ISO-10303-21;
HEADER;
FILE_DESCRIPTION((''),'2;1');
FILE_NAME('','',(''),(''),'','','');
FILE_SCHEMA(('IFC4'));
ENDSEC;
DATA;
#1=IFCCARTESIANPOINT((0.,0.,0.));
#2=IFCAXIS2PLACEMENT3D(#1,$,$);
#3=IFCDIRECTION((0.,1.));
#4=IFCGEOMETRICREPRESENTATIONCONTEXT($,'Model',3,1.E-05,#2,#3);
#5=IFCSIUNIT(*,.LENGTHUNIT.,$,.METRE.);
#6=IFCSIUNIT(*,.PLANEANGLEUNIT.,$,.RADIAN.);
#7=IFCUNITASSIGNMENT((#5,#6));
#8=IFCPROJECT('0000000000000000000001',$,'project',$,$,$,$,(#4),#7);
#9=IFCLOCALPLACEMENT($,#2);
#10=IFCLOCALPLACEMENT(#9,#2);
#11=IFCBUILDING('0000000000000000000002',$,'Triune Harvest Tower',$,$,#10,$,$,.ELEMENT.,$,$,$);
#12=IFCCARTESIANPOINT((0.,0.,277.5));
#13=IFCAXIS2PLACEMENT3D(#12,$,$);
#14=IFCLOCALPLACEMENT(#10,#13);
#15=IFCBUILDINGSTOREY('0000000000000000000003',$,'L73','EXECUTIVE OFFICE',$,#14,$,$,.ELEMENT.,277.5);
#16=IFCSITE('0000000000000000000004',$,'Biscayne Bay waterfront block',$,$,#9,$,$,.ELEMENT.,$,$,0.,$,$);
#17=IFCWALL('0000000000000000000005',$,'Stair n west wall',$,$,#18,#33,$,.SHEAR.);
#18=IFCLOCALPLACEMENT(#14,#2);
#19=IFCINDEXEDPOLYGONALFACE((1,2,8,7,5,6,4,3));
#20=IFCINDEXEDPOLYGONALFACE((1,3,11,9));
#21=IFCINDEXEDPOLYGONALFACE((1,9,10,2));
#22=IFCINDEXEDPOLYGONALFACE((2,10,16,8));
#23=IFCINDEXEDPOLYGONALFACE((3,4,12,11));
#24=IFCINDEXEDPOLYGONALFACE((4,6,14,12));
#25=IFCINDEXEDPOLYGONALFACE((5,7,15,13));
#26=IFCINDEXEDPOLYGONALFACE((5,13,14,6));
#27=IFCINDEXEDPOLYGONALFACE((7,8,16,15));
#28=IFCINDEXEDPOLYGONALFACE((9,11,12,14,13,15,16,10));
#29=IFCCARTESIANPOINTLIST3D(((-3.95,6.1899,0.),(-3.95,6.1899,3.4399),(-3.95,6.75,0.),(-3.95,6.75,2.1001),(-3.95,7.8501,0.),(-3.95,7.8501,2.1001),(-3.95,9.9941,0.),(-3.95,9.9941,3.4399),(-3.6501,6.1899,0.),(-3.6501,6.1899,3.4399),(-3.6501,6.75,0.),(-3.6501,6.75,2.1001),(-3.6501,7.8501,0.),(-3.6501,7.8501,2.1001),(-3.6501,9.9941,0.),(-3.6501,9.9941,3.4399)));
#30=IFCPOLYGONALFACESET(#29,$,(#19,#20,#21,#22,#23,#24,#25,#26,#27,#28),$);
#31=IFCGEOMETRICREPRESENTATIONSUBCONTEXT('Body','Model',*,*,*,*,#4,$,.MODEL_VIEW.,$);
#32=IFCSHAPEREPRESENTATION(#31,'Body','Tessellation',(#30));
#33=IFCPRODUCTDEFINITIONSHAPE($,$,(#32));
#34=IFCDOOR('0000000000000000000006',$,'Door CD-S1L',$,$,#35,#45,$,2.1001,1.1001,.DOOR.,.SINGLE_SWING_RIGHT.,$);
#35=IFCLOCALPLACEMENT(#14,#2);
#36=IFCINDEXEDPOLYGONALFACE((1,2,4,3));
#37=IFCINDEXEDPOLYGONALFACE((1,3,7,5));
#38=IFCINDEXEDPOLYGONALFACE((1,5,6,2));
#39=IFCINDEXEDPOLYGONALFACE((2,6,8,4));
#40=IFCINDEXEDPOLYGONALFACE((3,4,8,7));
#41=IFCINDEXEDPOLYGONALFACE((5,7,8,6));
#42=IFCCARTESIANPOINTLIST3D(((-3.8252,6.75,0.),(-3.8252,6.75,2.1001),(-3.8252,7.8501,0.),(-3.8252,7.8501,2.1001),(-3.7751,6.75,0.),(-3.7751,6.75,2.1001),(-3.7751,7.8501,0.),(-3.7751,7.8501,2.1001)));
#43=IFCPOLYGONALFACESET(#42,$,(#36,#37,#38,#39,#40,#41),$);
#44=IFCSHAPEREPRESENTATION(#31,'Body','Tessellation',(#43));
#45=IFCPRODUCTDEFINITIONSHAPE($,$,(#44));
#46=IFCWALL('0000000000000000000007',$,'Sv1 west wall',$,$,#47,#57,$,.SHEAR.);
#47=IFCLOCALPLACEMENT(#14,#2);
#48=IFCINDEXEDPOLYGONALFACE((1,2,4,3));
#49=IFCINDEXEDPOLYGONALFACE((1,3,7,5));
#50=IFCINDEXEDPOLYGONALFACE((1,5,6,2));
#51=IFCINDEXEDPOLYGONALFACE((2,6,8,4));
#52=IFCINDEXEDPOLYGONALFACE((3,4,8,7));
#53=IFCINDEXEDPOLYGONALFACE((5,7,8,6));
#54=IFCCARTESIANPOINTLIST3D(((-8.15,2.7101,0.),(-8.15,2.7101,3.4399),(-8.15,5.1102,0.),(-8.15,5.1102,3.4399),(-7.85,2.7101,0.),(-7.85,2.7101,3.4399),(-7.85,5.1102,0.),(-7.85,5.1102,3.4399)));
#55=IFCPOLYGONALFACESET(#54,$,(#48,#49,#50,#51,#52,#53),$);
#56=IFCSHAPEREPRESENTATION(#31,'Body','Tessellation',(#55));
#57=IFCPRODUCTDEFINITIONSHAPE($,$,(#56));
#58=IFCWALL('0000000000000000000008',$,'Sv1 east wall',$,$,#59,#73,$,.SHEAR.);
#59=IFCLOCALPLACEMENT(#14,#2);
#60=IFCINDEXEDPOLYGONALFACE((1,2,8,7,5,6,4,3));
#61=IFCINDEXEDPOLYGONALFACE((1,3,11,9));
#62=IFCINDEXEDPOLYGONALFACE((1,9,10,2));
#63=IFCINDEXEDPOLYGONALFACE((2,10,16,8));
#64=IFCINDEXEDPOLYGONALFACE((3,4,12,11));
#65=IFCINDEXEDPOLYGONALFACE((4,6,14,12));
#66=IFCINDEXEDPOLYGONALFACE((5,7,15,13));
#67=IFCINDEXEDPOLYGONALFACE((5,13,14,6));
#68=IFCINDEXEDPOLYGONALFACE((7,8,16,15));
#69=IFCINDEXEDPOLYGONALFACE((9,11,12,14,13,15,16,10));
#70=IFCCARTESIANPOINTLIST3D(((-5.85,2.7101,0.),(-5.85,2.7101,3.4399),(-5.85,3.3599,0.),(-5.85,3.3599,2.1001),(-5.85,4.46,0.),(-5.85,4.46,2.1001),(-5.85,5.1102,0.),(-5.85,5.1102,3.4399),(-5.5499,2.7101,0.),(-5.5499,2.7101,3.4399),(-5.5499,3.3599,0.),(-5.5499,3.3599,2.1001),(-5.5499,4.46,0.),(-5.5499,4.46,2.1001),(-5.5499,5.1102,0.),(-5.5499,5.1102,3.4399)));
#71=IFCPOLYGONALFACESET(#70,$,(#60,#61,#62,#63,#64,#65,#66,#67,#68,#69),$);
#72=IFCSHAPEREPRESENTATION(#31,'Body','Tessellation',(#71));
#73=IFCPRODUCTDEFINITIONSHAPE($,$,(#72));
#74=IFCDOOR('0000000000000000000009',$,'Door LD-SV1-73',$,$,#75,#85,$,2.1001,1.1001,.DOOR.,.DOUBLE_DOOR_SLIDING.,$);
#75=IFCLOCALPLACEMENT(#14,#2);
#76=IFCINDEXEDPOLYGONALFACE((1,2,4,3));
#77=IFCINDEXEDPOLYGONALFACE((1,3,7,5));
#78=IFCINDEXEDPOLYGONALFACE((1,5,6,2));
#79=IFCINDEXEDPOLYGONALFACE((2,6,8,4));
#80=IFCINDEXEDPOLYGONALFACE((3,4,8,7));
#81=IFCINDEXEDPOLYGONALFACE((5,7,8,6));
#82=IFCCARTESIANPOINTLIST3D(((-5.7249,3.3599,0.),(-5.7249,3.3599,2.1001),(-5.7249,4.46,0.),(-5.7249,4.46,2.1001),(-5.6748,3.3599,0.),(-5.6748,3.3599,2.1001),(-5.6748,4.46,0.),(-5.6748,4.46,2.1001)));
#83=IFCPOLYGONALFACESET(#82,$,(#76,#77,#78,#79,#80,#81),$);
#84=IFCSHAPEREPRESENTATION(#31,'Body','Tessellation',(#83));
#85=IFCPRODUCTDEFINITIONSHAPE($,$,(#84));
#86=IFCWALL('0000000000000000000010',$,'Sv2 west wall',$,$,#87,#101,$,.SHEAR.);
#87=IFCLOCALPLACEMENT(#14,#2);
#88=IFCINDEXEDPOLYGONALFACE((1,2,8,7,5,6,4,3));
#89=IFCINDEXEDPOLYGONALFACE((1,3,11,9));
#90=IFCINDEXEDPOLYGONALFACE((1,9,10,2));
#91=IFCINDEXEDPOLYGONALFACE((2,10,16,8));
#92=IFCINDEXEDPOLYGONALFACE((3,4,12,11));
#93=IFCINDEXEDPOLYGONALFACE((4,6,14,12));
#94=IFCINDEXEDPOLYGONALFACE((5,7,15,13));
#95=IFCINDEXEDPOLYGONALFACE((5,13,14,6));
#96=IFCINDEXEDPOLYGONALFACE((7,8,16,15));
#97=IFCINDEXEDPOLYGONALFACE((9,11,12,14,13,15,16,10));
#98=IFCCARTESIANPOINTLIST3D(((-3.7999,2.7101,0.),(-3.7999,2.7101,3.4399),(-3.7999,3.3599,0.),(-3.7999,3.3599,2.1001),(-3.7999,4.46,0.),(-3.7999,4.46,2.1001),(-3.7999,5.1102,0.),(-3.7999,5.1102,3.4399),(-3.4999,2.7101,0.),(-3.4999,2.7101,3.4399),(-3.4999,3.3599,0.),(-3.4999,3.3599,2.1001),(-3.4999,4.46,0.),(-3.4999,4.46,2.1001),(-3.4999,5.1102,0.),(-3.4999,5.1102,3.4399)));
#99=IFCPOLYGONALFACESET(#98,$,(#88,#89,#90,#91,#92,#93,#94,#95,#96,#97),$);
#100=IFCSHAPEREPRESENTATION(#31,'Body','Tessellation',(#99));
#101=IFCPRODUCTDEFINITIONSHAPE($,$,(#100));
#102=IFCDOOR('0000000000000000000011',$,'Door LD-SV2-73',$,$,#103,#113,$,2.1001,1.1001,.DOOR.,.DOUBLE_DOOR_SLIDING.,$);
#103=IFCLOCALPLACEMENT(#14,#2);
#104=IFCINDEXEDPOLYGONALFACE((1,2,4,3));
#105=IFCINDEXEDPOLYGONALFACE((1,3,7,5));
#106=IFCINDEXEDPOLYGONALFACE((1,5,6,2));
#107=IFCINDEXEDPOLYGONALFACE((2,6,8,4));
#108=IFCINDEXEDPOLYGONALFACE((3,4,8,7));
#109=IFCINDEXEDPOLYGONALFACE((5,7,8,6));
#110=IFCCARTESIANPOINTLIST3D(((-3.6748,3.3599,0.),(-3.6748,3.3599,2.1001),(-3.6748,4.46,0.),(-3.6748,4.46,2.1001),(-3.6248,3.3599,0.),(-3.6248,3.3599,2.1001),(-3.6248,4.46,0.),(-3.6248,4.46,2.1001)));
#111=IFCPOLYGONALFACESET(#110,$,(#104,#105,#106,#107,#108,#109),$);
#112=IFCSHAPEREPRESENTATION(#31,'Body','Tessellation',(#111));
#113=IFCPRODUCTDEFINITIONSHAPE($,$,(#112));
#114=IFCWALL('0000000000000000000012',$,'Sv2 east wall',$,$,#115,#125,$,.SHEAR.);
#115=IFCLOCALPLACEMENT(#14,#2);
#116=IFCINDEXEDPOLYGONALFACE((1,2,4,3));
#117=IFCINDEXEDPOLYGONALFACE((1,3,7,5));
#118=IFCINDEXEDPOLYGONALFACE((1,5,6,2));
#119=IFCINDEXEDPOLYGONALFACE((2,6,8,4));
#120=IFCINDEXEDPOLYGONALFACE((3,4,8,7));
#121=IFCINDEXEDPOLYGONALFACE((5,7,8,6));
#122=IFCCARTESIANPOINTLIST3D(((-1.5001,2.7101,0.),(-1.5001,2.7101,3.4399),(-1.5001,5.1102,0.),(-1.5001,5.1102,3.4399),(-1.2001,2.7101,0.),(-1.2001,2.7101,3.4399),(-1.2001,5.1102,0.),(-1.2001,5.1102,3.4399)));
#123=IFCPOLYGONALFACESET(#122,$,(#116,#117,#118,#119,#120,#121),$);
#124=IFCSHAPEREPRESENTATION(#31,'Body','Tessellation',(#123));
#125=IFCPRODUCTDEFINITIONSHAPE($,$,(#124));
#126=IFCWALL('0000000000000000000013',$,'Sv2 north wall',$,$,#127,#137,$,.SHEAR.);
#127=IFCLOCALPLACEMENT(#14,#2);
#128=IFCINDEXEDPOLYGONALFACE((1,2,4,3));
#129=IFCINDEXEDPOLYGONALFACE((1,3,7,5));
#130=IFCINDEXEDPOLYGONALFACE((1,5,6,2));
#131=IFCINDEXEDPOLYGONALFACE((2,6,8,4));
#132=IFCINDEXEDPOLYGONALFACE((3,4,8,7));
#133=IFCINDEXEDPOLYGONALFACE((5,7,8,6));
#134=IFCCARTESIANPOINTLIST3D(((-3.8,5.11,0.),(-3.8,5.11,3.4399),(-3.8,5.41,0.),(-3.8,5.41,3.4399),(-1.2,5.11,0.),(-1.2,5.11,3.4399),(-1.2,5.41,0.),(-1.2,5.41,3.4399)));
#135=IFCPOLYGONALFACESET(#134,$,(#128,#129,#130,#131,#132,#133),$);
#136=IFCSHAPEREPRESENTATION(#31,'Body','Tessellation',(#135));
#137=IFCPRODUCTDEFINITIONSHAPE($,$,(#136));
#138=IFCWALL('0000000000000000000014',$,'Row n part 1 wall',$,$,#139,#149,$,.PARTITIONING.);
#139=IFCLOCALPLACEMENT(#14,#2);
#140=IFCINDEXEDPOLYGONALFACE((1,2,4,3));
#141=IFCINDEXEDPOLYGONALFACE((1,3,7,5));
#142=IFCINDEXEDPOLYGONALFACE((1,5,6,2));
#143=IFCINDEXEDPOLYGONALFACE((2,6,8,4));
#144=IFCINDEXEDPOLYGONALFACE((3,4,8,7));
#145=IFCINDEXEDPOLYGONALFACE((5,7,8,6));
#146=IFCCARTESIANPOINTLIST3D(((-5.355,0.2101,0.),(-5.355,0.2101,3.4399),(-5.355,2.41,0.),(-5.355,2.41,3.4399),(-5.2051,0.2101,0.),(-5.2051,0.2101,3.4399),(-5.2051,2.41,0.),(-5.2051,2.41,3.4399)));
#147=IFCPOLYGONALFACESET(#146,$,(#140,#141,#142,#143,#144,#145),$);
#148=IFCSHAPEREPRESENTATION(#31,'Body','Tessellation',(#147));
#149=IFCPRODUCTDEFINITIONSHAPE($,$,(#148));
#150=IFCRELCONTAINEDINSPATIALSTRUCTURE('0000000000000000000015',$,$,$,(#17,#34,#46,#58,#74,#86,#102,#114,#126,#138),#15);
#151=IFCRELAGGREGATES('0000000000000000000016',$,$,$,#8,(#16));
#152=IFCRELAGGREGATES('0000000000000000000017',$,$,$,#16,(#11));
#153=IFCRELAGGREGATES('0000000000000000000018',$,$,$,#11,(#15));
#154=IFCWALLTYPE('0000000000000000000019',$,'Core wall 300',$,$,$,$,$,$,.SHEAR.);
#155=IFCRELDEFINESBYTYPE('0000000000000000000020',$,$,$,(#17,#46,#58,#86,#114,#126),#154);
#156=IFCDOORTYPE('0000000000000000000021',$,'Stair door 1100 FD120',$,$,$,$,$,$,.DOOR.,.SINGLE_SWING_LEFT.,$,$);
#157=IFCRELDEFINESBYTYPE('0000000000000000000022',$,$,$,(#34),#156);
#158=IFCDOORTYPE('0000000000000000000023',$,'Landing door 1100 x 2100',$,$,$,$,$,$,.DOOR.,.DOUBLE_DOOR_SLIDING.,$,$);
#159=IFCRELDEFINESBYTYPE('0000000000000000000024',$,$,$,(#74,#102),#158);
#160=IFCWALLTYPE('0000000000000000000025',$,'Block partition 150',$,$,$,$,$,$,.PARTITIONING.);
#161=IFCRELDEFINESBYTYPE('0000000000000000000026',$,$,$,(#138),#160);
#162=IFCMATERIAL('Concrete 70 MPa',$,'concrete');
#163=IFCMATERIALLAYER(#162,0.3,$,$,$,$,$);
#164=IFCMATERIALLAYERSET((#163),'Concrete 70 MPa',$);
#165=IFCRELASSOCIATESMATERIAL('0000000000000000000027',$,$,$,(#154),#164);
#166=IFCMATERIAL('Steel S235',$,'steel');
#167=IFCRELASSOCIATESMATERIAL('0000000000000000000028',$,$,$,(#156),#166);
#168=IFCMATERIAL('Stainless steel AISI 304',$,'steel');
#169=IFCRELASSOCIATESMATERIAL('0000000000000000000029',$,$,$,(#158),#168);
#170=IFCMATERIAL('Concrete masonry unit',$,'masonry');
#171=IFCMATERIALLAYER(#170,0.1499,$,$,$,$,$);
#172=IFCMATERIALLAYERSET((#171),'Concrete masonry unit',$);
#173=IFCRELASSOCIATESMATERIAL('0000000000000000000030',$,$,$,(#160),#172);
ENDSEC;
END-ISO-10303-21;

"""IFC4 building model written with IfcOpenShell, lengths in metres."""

from ifc_helpers import new_model, si_unit, direction, frame, frame_2d, origin, place, context, subcontext, project, spatial, polyline, rectangle, outline, extrude, source, transform, mapped, material, layer, layer_set, type_object, element, fill, save


model = new_model("IFC4")

# Units and contexts
model_context = context("Model", 3, precision=1e-05, world=origin(), true_north=direction((0.0, 1.0)))
body_context = subcontext(model_context, "Body", "Model", "MODEL_VIEW")
ifc_project = project(units=[si_unit("LENGTHUNIT", "METRE"), si_unit("PLANEANGLEUNIT", "RADIAN")], contexts=[model_context])

# Site, building, storey
site_placement = place(None, origin())
site = spatial("IfcSite", under=ifc_project, at=site_placement, Name="Biscayne Bay waterfront block", CompositionType="ELEMENT", RefElevation=0.0)
building_placement = place(site_placement, origin())
building = spatial("IfcBuilding", under=site, at=building_placement, Name="Triune Harvest Tower", CompositionType="ELEMENT")
storey_placement = place(building_placement, frame((0.0, 0.0, 277.5)))
storey = spatial("IfcBuildingStorey", under=building, at=storey_placement, Name="L73", Description="EXECUTIVE OFFICE", CompositionType="ELEMENT", Elevation=277.5)

# Shared definitions
ifc_material_1 = material(Name="Concrete 70 MPa", Category="concrete")
ifc_layer_1 = layer(ifc_material_1, 0.3)
ifc_layer_set_1 = layer_set([ifc_layer_1], Name="Concrete 70 MPa")
wall_type_1 = type_object("IfcWallType", Name="Core wall 300", PredefinedType="SHEAR", material=ifc_layer_set_1)

# Wall, opening, door
shared_shape_1 = source(origin(), body_context, "Body", "SweptSolid", [
    extrude(outline(polyline([(0.0, -0.1499), (0.0, 0.1499), (3.8042, 0.1499), (3.8042, -0.1499), (0.0, -0.1499)])), origin(), (0.0, 0.0, 1.0), 3.4399),
])
wall_1_placement = place(storey_placement, frame((-3.8, 6.1899, 0.0), z_axis=(0.0, 0.0, 1.0), x_axis=(0.0, 1.0, 0.0)))
wall_1 = element("IfcWall", 1, at=wall_1_placement, inside=storey, type_object=wall_type_1, Name="Stair n west wall", PredefinedType="SHEAR", context=body_context, shape_type="MappedRepresentation", body=[
    mapped(shared_shape_1, transform((0.0, 0.0, 0.0), scale=1.0)),
])
opening_1_placement = place(wall_1_placement, frame((0.5601, 0.0, 0.0)))
opening_1 = element("IfcOpeningElement", 2, at=opening_1_placement, cuts=wall_1, PredefinedType="OPENING", context=body_context, shape_type="SweptSolid", body=[
    extrude(rectangle(XDim=1.1001, YDim=2.1001, at=frame_2d((0.55, 1.05))), frame((0.0, 0.1602, 0.0), z_axis=(0.0, -1.0, 0.0), x_axis=(1.0, 0.0, 0.0)), (0.0, 0.0, 1.0), 0.3201),
])
ifc_material_2 = material(Name="Steel S235", Category="steel")
door_type_1 = type_object("IfcDoorType", Name="Stair door 1100 FD120", OperationType="SINGLE_SWING_LEFT", PredefinedType="DOOR", material=ifc_material_2)
door_1_placement = place(opening_1_placement, frame((1.1001, 0.0, 0.0), z_axis=(0.0, 0.0, 1.0), x_axis=(-1.0, 0.0, 0.0)))
door_1 = element("IfcDoor", 3, at=door_1_placement, inside=storey, type_object=door_type_1, Name="Door CD-S1L", OperationType="SINGLE_SWING_RIGHT", OverallHeight=2.1001, OverallWidth=1.1001, PredefinedType="DOOR", context=body_context, shape_type="SweptSolid", body=[
    extrude(rectangle(XDim=1.1001, YDim=2.1001, at=frame_2d((0.55, 1.05))), frame((0.0, 0.0249, 0.0), z_axis=(0.0, -1.0, 0.0), x_axis=(1.0, 0.0, 0.0)), (0.0, 0.0, 1.0), 0.05),
])
fill(opening_1, door_1)

# Wall
shared_shape_2 = source(origin(), body_context, "Body", "SweptSolid", [
    extrude(rectangle(XDim=2.4001, YDim=0.3, at=frame_2d((1.2002, 0.0))), origin(), (0.0, 0.0, 1.0), 3.4399),
])
wall_2_placement = place(storey_placement, frame((-8.0, 2.71, 0.0), z_axis=(0.0, 0.0, 1.0), x_axis=(0.0, 1.0, 0.0)))
element("IfcWall", 4, at=wall_2_placement, inside=storey, type_object=wall_type_1, Name="Sv1 west wall", PredefinedType="SHEAR", context=body_context, shape_type="MappedRepresentation", body=[
    mapped(shared_shape_2, transform((0.0, 0.0, 0.0), scale=1.0)),
])

# Walls, openings, doors
wall_3_placement = place(storey_placement, frame((-5.7, 2.71, 0.0), z_axis=(0.0, 0.0, 1.0), x_axis=(0.0, 1.0, 0.0)))
wall_3 = element("IfcWall", 5, at=wall_3_placement, inside=storey, type_object=wall_type_1, Name="Sv1 east wall", PredefinedType="SHEAR", context=body_context, shape_type="MappedRepresentation", body=[
    mapped(shared_shape_2, transform((0.0, 0.0, 0.0), scale=1.0)),
])
opening_2_placement = place(wall_3_placement, frame((0.6499, 0.0, 0.0)))
opening_2 = element("IfcOpeningElement", 6, at=opening_2_placement, cuts=wall_3, PredefinedType="OPENING", context=body_context, shape_type="SweptSolid", body=[
    extrude(rectangle(XDim=1.1001, YDim=2.1001, at=frame_2d((0.55, 1.05))), frame((0.0, 0.1602, 0.0), z_axis=(0.0, -1.0, 0.0), x_axis=(1.0, 0.0, 0.0)), (0.0, 0.0, 1.0), 0.3201),
])
ifc_material_3 = material(Name="Stainless steel AISI 304", Category="steel")
door_type_2 = type_object("IfcDoorType", Name="Landing door 1100 x 2100", OperationType="DOUBLE_DOOR_SLIDING", PredefinedType="DOOR", material=ifc_material_3)
door_2_placement = place(opening_2_placement, origin())
door_2 = element("IfcDoor", 7, at=door_2_placement, inside=storey, type_object=door_type_2, Name="Door LD-SV1-73", OperationType="DOUBLE_DOOR_SLIDING", OverallHeight=2.1001, OverallWidth=1.1001, PredefinedType="DOOR", context=body_context, shape_type="SweptSolid", body=[
    extrude(rectangle(XDim=1.1001, YDim=2.1001, at=frame_2d((0.55, 1.05))), frame((0.0, 0.0249, 0.0), z_axis=(0.0, -1.0, 0.0), x_axis=(1.0, 0.0, 0.0)), (0.0, 0.0, 1.0), 0.05),
])
fill(opening_2, door_2)
wall_4_placement = place(storey_placement, frame((-3.6499, 2.71, 0.0), z_axis=(0.0, 0.0, 1.0), x_axis=(0.0, 1.0, 0.0)))
wall_4 = element("IfcWall", 8, at=wall_4_placement, inside=storey, type_object=wall_type_1, Name="Sv2 west wall", PredefinedType="SHEAR", context=body_context, shape_type="MappedRepresentation", body=[
    mapped(shared_shape_2, transform((0.0, 0.0, 0.0), scale=1.0)),
])
opening_3_placement = place(wall_4_placement, frame((0.6499, 0.0, 0.0)))
opening_3 = element("IfcOpeningElement", 9, at=opening_3_placement, cuts=wall_4, PredefinedType="OPENING", context=body_context, shape_type="SweptSolid", body=[
    extrude(rectangle(XDim=1.1001, YDim=2.1001, at=frame_2d((0.55, 1.05))), frame((0.0, 0.1602, 0.0), z_axis=(0.0, -1.0, 0.0), x_axis=(1.0, 0.0, 0.0)), (0.0, 0.0, 1.0), 0.3201),
])
door_3_placement = place(opening_3_placement, origin())
door_3 = element("IfcDoor", 10, at=door_3_placement, inside=storey, type_object=door_type_2, Name="Door LD-SV2-73", OperationType="DOUBLE_DOOR_SLIDING", OverallHeight=2.1001, OverallWidth=1.1001, PredefinedType="DOOR", context=body_context, shape_type="SweptSolid", body=[
    extrude(rectangle(XDim=1.1001, YDim=2.1001, at=frame_2d((0.55, 1.05))), frame((0.0, 0.0249, 0.0), z_axis=(0.0, -1.0, 0.0), x_axis=(1.0, 0.0, 0.0)), (0.0, 0.0, 1.0), 0.05),
])
fill(opening_3, door_3)

# Walls
wall_5_placement = place(storey_placement, frame((-1.3501, 2.71, 0.0), z_axis=(0.0, 0.0, 1.0), x_axis=(0.0, 1.0, 0.0)))
element("IfcWall", 11, at=wall_5_placement, inside=storey, type_object=wall_type_1, Name="Sv2 east wall", PredefinedType="SHEAR", context=body_context, shape_type="MappedRepresentation", body=[
    mapped(shared_shape_2, transform((0.0, 0.0, 0.0), scale=1.0)),
])
shared_shape_3 = source(origin(), body_context, "Body", "SweptSolid", [
    extrude(rectangle(XDim=2.6001, YDim=0.3, at=frame_2d((1.3, 0.0))), origin(), (0.0, 0.0, 1.0), 3.4399),
])
wall_6_placement = place(storey_placement, frame((-3.8, 5.26, 0.0), z_axis=(0.0, 0.0, 1.0), x_axis=(1.0, 0.0, 0.0)))
element("IfcWall", 12, at=wall_6_placement, inside=storey, type_object=wall_type_1, Name="Sv2 north wall", PredefinedType="SHEAR", context=body_context, shape_type="MappedRepresentation", body=[
    mapped(shared_shape_3, transform((0.0, 0.0, 0.0), scale=1.0)),
])
ifc_material_4 = material(Name="Concrete masonry unit", Category="masonry")
ifc_layer_2 = layer(ifc_material_4, 0.1499)
ifc_layer_set_2 = layer_set([ifc_layer_2], Name="Concrete masonry unit")
wall_type_2 = type_object("IfcWallType", Name="Block partition 150", PredefinedType="PARTITIONING", material=ifc_layer_set_2)
shared_shape_4 = source(origin(), body_context, "Body", "SweptSolid", [
    extrude(rectangle(XDim=2.2, YDim=0.1499, at=frame_2d((1.1001, 0.0))), origin(), (0.0, 0.0, 1.0), 3.4399),
])
wall_7_placement = place(storey_placement, frame((-5.28, 0.21, 0.0), z_axis=(0.0, 0.0, 1.0), x_axis=(0.0, 1.0, 0.0)))
element("IfcWall", 13, at=wall_7_placement, inside=storey, type_object=wall_type_2, Name="Row n part 1 wall", PredefinedType="PARTITIONING", context=body_context, shape_type="MappedRepresentation", body=[
    mapped(shared_shape_4, transform((0.0, 0.0, 0.0), scale=1.0)),
])

save(model, "model.ifc")
